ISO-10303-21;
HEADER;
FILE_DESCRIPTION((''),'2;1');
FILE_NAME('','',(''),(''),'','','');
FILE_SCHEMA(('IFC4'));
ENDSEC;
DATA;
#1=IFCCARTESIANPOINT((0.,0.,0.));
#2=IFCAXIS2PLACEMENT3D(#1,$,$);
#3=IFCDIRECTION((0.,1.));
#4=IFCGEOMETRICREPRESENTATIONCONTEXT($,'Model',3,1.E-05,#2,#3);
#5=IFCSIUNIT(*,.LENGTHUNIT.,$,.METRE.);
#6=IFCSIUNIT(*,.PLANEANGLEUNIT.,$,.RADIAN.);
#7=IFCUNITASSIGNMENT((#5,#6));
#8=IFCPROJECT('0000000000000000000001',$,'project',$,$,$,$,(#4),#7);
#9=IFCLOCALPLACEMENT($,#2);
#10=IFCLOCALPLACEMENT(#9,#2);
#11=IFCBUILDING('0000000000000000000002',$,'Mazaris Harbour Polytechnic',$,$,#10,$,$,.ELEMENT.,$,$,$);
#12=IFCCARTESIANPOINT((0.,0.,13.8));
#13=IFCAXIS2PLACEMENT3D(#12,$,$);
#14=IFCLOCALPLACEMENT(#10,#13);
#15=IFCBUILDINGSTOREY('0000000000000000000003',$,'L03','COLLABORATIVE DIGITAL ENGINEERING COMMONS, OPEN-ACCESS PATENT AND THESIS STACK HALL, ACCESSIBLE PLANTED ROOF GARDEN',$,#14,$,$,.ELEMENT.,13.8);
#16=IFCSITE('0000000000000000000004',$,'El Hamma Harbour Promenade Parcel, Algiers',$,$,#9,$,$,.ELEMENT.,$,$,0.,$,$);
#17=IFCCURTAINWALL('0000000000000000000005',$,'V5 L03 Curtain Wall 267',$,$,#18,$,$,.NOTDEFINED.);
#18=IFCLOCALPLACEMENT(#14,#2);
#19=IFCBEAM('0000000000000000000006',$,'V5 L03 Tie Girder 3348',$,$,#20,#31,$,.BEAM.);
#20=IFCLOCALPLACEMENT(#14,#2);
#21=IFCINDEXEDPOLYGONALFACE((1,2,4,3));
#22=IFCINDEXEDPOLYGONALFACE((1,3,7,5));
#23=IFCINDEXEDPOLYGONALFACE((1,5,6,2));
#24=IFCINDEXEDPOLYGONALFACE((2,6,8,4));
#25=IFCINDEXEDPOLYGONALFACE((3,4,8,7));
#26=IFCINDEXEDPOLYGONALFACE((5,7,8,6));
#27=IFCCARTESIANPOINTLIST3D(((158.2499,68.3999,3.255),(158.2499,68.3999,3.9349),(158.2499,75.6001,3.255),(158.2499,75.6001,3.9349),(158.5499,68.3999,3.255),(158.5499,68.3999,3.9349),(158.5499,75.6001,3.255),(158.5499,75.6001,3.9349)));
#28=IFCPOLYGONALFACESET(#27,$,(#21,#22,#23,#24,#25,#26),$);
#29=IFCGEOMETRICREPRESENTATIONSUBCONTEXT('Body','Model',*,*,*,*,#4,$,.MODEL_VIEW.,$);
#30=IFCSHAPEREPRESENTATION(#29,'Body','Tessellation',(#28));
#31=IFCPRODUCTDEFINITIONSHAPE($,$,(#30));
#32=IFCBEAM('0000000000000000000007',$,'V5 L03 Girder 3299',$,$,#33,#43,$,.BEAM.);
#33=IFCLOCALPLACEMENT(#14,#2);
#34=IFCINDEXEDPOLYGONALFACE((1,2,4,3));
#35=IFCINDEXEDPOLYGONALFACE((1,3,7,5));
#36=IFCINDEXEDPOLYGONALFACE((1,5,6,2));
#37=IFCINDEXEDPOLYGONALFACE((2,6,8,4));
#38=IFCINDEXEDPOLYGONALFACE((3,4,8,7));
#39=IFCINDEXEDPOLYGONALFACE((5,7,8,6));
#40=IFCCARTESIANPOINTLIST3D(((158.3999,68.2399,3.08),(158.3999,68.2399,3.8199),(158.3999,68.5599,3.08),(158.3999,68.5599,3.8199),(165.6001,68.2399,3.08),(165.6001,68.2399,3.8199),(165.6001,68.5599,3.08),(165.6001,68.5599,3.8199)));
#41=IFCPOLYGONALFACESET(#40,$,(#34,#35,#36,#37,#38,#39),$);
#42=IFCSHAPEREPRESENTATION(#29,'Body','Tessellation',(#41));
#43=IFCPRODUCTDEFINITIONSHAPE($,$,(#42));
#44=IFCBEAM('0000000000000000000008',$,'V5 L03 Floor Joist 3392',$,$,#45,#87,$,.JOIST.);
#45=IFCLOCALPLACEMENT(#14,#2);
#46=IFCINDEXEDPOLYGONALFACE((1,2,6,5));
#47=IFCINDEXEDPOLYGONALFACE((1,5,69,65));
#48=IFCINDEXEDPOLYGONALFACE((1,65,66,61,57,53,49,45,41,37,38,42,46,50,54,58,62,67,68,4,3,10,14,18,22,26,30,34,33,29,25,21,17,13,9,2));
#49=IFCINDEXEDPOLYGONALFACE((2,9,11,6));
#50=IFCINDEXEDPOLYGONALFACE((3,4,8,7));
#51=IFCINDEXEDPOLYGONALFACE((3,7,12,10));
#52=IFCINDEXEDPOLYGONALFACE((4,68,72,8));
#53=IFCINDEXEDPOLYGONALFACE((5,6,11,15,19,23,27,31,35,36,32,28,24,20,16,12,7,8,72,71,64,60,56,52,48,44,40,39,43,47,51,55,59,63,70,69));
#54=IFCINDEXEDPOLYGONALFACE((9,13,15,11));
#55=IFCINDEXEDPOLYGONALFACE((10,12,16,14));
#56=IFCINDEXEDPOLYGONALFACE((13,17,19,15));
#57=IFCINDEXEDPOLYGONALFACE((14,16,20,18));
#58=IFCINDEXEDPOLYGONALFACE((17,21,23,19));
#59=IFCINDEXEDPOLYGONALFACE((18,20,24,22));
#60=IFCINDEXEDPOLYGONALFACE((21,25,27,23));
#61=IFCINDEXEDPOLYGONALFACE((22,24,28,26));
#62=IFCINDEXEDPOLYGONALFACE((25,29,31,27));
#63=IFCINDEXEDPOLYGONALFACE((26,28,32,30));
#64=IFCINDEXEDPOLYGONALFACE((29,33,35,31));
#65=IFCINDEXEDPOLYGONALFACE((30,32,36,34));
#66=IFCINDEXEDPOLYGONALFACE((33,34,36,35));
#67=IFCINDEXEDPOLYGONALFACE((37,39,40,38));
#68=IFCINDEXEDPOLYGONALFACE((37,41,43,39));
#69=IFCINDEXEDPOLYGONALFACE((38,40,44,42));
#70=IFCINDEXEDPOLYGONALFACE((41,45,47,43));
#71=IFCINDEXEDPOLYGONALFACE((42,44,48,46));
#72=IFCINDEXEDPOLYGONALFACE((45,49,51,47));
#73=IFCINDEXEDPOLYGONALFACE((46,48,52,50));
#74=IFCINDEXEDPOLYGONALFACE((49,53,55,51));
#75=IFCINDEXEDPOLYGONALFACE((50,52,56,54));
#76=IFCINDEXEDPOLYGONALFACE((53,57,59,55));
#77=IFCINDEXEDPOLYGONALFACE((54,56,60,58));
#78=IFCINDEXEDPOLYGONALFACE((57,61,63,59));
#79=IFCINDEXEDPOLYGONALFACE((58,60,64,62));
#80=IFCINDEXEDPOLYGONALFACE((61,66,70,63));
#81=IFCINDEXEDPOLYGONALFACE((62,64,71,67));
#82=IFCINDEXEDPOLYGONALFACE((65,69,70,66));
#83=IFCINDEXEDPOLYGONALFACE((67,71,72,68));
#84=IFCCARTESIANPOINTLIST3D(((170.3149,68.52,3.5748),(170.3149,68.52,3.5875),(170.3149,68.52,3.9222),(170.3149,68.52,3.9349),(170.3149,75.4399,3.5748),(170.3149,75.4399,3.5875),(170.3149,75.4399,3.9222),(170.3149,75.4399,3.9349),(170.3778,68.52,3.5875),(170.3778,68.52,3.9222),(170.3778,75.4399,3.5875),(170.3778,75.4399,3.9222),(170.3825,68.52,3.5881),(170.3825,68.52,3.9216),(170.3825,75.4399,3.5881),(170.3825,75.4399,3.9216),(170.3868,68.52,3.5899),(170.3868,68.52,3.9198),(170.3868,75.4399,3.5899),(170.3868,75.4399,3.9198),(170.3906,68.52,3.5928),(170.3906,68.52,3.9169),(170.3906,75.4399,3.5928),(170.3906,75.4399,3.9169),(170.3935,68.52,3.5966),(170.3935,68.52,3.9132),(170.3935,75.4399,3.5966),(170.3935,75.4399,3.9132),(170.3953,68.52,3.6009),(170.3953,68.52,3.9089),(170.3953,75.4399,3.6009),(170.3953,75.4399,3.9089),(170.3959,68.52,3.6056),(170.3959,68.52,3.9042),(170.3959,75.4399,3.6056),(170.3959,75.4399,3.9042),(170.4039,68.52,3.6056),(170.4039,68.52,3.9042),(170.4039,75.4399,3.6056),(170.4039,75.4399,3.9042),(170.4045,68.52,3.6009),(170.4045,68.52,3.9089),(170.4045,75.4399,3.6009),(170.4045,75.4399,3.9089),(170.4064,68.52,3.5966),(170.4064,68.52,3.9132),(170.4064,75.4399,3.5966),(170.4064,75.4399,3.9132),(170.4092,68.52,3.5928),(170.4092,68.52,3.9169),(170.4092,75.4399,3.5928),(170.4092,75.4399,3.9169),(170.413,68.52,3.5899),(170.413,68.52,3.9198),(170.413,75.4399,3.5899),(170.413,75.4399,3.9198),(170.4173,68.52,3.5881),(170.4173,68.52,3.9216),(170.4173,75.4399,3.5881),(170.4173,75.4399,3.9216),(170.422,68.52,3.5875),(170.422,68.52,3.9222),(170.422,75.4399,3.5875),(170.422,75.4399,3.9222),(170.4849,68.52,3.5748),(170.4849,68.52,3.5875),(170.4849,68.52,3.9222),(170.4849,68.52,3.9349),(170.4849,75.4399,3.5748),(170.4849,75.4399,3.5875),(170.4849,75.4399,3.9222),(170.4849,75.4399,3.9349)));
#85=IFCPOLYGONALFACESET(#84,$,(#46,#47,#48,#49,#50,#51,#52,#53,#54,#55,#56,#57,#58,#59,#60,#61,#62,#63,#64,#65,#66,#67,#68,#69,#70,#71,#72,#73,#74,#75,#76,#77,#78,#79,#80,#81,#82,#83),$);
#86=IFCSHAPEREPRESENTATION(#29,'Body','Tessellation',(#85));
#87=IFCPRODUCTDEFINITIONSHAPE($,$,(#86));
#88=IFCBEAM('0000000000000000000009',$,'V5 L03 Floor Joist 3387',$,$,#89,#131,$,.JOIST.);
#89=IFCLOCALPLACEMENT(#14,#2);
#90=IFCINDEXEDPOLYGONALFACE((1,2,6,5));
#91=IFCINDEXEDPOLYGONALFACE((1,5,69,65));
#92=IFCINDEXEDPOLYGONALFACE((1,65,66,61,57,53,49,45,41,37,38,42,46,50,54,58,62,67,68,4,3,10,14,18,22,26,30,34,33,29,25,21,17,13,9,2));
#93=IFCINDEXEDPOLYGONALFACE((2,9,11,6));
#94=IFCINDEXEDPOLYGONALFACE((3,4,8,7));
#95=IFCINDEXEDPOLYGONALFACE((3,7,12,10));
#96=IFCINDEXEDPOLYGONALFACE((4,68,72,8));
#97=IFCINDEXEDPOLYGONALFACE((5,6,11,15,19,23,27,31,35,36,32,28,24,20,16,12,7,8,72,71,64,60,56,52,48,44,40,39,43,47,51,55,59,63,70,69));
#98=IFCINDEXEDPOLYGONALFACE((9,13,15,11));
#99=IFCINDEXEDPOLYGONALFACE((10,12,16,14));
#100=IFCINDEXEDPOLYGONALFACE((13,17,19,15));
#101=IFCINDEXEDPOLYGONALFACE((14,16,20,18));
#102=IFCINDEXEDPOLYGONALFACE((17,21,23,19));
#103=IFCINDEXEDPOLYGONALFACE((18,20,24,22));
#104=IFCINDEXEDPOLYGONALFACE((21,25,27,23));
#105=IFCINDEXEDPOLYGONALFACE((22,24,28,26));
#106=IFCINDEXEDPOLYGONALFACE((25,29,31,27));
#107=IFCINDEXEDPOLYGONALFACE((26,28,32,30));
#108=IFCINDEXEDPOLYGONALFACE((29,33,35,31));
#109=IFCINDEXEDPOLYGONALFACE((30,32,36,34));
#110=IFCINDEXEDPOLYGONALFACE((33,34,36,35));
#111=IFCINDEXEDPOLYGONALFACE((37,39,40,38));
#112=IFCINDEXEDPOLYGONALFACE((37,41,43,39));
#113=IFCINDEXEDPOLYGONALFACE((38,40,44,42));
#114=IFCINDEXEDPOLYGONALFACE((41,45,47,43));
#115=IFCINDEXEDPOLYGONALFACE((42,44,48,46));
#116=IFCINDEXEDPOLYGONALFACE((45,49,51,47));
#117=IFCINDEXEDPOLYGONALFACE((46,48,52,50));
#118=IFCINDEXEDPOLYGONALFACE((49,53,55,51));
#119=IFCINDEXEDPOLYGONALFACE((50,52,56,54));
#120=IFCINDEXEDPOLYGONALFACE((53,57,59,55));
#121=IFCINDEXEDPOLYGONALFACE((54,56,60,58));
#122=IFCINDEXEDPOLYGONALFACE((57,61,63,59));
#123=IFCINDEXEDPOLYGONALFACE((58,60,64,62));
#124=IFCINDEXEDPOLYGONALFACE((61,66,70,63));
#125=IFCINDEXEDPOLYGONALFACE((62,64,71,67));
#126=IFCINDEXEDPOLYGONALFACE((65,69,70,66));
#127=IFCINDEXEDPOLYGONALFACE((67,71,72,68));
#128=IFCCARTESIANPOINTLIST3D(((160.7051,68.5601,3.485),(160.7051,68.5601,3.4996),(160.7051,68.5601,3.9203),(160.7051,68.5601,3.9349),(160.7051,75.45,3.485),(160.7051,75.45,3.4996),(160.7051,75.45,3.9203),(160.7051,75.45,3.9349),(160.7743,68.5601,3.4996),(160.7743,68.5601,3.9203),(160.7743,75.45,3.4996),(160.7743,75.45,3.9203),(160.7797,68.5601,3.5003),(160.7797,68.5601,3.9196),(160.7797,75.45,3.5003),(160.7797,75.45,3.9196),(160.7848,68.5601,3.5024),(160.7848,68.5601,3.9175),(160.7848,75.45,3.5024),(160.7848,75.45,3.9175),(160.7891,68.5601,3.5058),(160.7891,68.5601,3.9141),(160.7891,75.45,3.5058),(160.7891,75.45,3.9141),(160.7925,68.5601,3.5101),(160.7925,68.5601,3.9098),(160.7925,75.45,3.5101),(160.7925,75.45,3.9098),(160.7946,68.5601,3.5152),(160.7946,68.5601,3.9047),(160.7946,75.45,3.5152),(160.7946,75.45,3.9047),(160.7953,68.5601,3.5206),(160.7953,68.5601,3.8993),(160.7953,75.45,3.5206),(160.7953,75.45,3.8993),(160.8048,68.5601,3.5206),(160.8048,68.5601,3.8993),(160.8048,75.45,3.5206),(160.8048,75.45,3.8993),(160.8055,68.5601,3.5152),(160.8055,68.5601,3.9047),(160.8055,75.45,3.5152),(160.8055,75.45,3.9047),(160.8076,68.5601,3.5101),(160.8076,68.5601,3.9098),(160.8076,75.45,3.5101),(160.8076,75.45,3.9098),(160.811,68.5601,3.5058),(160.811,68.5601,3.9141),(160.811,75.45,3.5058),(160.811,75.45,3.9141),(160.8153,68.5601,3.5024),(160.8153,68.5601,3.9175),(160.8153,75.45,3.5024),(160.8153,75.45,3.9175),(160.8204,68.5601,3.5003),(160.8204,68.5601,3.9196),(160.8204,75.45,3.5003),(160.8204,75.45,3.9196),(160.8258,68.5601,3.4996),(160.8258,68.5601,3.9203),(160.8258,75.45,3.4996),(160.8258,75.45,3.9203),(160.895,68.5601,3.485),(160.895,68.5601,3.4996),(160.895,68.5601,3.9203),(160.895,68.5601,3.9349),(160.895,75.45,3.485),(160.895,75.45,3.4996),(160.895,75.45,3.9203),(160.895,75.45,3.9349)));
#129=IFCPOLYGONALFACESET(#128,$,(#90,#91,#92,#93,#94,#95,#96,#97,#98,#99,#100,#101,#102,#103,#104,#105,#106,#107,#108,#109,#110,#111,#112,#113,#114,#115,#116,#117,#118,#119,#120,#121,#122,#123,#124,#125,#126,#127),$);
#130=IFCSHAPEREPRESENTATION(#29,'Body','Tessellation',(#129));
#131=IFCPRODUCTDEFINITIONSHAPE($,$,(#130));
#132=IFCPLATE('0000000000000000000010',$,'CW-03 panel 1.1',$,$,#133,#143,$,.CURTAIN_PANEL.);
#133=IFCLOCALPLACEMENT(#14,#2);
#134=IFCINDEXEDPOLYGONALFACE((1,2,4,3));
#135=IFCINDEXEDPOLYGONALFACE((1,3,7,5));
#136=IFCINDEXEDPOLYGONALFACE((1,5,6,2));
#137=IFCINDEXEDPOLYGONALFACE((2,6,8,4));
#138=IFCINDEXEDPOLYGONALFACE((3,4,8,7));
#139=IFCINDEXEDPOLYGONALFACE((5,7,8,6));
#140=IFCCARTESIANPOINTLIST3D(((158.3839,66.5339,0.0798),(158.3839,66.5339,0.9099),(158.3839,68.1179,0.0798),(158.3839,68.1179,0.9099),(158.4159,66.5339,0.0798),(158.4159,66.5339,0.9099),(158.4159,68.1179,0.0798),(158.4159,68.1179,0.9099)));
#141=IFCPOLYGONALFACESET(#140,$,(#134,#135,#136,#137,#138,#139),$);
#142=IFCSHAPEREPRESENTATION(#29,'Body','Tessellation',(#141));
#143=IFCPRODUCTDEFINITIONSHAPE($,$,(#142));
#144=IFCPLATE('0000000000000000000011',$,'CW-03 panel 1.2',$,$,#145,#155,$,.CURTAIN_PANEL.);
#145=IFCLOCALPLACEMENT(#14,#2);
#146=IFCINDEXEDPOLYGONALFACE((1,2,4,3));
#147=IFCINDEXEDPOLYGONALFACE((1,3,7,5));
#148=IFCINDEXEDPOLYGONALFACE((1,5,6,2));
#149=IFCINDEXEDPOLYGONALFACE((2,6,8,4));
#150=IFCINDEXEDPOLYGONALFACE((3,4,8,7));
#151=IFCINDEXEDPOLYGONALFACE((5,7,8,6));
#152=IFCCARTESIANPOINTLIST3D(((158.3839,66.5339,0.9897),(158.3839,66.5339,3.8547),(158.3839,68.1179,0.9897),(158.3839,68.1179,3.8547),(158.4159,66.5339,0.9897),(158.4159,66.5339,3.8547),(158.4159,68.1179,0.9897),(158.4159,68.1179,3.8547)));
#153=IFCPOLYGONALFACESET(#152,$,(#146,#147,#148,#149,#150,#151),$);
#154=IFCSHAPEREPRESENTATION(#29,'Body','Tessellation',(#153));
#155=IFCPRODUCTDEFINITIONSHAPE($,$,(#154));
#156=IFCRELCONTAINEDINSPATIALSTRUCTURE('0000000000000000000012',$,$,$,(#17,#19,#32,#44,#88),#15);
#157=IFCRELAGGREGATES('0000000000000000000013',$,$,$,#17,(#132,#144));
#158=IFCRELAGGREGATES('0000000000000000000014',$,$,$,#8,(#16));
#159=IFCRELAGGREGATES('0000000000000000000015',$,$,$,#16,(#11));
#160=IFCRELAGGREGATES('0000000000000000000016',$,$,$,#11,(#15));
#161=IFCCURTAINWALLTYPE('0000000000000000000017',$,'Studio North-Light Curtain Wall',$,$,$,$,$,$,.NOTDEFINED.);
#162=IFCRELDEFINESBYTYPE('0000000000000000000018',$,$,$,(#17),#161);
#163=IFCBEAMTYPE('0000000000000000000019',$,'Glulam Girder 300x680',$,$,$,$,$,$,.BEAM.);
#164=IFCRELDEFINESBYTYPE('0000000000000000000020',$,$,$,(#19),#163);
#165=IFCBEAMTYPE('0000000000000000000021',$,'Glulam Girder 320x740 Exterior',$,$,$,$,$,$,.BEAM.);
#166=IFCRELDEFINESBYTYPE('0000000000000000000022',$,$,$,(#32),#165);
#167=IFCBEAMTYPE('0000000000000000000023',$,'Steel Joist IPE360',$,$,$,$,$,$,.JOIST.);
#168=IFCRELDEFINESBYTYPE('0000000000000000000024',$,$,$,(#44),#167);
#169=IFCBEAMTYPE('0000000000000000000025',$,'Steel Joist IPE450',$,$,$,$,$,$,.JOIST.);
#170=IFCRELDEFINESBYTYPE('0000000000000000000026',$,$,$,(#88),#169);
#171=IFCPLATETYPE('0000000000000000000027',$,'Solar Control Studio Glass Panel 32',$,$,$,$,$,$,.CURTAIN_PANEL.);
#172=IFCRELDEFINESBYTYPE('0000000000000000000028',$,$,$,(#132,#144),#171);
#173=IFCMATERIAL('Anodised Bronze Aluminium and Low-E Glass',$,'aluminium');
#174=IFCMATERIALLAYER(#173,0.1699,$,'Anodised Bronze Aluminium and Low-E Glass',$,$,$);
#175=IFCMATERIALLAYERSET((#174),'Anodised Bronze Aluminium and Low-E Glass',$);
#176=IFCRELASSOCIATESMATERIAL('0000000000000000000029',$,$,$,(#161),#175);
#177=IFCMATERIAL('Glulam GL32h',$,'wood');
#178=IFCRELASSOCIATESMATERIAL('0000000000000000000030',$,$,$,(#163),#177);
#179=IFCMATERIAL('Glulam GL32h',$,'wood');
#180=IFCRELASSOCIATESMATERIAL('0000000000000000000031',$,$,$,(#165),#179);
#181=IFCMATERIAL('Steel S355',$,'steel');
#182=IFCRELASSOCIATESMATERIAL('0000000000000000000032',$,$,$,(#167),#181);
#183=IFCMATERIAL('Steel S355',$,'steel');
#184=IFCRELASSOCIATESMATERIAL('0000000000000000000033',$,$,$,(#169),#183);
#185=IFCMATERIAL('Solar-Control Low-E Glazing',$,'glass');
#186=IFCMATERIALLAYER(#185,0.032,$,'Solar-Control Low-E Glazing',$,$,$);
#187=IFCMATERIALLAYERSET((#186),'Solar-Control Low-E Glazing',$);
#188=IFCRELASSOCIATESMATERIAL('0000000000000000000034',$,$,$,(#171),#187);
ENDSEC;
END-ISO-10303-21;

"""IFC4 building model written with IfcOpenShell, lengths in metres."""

from ifc_helpers import new_model, si_unit, direction, frame, origin, origin_2d, place, context, subcontext, project, spatial, rectangle, i_section, extrude, material, layer, layer_set, material_profile, profile_set, type_object, element, aggregate, save


model = new_model("IFC4")

# Units and contexts
model_context = context("Model", 3, precision=1e-05, world=origin(), true_north=direction((0.0, 1.0)))
body_context = subcontext(model_context, "Body", "Model", "MODEL_VIEW")
ifc_project = project(units=[si_unit("LENGTHUNIT", "METRE"), si_unit("PLANEANGLEUNIT", "RADIAN")], contexts=[model_context])

# Site, building, storey
site_placement = place(None, origin())
site = spatial("IfcSite", under=ifc_project, at=site_placement, Name="El Hamma Harbour Promenade Parcel, Algiers", CompositionType="ELEMENT", RefElevation=0.0)
building_placement = place(site_placement, origin())
building = spatial("IfcBuilding", under=site, at=building_placement, Name="Mazaris Harbour Polytechnic", CompositionType="ELEMENT")
storey_placement = place(building_placement, frame((0.0, 0.0, 13.8)))
storey = spatial("IfcBuildingStorey", under=building, at=storey_placement, Name="L03", Description="COLLABORATIVE DIGITAL ENGINEERING COMMONS, OPEN-ACCESS PATENT AND THESIS STACK HALL, ACCESSIBLE PLANTED ROOF GARDEN", CompositionType="ELEMENT", Elevation=13.8)

# Curtain wall
ifc_material_1 = material(Name="Anodised Bronze Aluminium and Low-E Glass", Category="aluminium")
ifc_layer_1 = layer(ifc_material_1, 0.1699, Name="Anodised Bronze Aluminium and Low-E Glass")
ifc_layer_set_1 = layer_set([ifc_layer_1], Name="Anodised Bronze Aluminium and Low-E Glass")
curtain_wall_type = type_object("IfcCurtainWallType", Name="Studio North-Light Curtain Wall", PredefinedType="NOTDEFINED", material=ifc_layer_set_1)
curtain_wall_1_placement = place(storey_placement, origin())
curtain_wall_1 = element("IfcCurtainWall", 1, at=curtain_wall_1_placement, inside=storey, type_object=curtain_wall_type, Name="V5 L03 Curtain Wall 267", PredefinedType="NOTDEFINED")

# Beams
ifc_material_2 = material(Name="Glulam GL32h", Category="wood")
ifc_material_profile_1 = material_profile(ifc_material_2, rectangle(XDim=0.3, YDim=0.6799, at=origin_2d()), Name="RECT300x680")
ifc_profile_set_1 = profile_set([ifc_material_profile_1], Name="Glulam GL32h")
beam_type_1 = type_object("IfcBeamType", Name="Glulam Girder 300x680", PredefinedType="BEAM", material=ifc_profile_set_1)
beam_1_placement = place(storey_placement, frame((158.3999, 68.3999, 3.595), z_axis=(0.0, 1.0, 0.0), x_axis=(-1.0, 0.0, 0.0)))
element("IfcBeam", 2, at=beam_1_placement, inside=storey, type_object=beam_type_1, Name="V5 L03 Tie Girder 3348", PredefinedType="BEAM", context=body_context, shape_type="SweptSolid", body=[
    extrude(rectangle(XDim=0.3, YDim=0.6799, at=origin_2d()), origin(), (0.0, 0.0, 1.0), 7.2002),
])
ifc_material_3 = material(Name="Glulam GL32h", Category="wood")
ifc_material_profile_2 = material_profile(ifc_material_3, rectangle(XDim=0.3201, YDim=0.74, at=origin_2d()), Name="RECT320x740")
ifc_profile_set_2 = profile_set([ifc_material_profile_2], Name="Glulam GL32h")
beam_type_2 = type_object("IfcBeamType", Name="Glulam Girder 320x740 Exterior", PredefinedType="BEAM", material=ifc_profile_set_2)
beam_2_placement = place(storey_placement, frame((158.3999, 68.3999, 3.45), z_axis=(1.0, 0.0, 0.0), x_axis=(0.0, 1.0, 0.0)))
element("IfcBeam", 3, at=beam_2_placement, inside=storey, type_object=beam_type_2, Name="V5 L03 Girder 3299", PredefinedType="BEAM", context=body_context, shape_type="SweptSolid", body=[
    extrude(rectangle(XDim=0.3201, YDim=0.74, at=origin_2d()), origin(), (0.0, 0.0, 1.0), 7.2002),
])
ifc_material_4 = material(Name="Steel S355", Category="steel")
ifc_material_profile_3 = material_profile(ifc_material_4, i_section(OverallWidth=0.1699, OverallDepth=0.3601, WebThickness=0.0081, FlangeThickness=0.0127, FilletRadius=0.0181, at=origin_2d()), Name="IPE 360")
ifc_profile_set_3 = profile_set([ifc_material_profile_3], Name="Steel S355")
beam_type_3 = type_object("IfcBeamType", Name="Steel Joist IPE360", PredefinedType="JOIST", material=ifc_profile_set_3)
beam_3_placement = place(storey_placement, frame((170.3999, 68.52, 3.7549), z_axis=(0.0, 1.0, 0.0), x_axis=(-1.0, 0.0, 0.0)))
element("IfcBeam", 4, at=beam_3_placement, inside=storey, type_object=beam_type_3, Name="V5 L03 Floor Joist 3392", PredefinedType="JOIST", context=body_context, shape_type="SweptSolid", body=[
    extrude(i_section(OverallWidth=0.1699, OverallDepth=0.3601, WebThickness=0.0081, FlangeThickness=0.0127, FilletRadius=0.0181, at=origin_2d()), origin(), (0.0, 0.0, 1.0), 6.9199),
])
ifc_material_5 = material(Name="Steel S355", Category="steel")
ifc_material_profile_4 = material_profile(ifc_material_5, i_section(OverallWidth=0.1899, OverallDepth=0.45, WebThickness=0.0095, FlangeThickness=0.0146, FilletRadius=0.021, at=origin_2d()), Name="IPE 450")
ifc_profile_set_4 = profile_set([ifc_material_profile_4], Name="Steel S355")
beam_type_4 = type_object("IfcBeamType", Name="Steel Joist IPE450", PredefinedType="JOIST", material=ifc_profile_set_4)
beam_4_placement = place(storey_placement, frame((160.8, 68.5601, 3.71), z_axis=(0.0, 1.0, 0.0), x_axis=(-1.0, 0.0, 0.0)))
element("IfcBeam", 5, at=beam_4_placement, inside=storey, type_object=beam_type_4, Name="V5 L03 Floor Joist 3387", PredefinedType="JOIST", context=body_context, shape_type="SweptSolid", body=[
    extrude(i_section(OverallWidth=0.1899, OverallDepth=0.45, WebThickness=0.0095, FlangeThickness=0.0146, FilletRadius=0.021, at=origin_2d()), origin(), (0.0, 0.0, 1.0), 6.8899),
])

# Plates
ifc_material_6 = material(Name="Solar-Control Low-E Glazing", Category="glass")
ifc_layer_2 = layer(ifc_material_6, 0.032, Name="Solar-Control Low-E Glazing")
ifc_layer_set_2 = layer_set([ifc_layer_2], Name="Solar-Control Low-E Glazing")
plate_type = type_object("IfcPlateType", Name="Solar Control Studio Glass Panel 32", PredefinedType="CURTAIN_PANEL", material=ifc_layer_set_2)
plate_1_placement = place(storey_placement, frame((158.3999, 67.3259, 0.0798), z_axis=(0.0, 0.0, 1.0), x_axis=(0.0, -1.0, 0.0)))
plate_1 = element("IfcPlate", 6, at=plate_1_placement, type_object=plate_type, Name="CW-03 panel 1.1", PredefinedType="CURTAIN_PANEL", context=body_context, shape_type="SweptSolid", body=[
    extrude(rectangle(XDim=1.584, YDim=0.032, at=origin_2d()), origin(), (0.0, 0.0, 1.0), 0.8301),
])
plate_2_placement = place(storey_placement, frame((158.3999, 67.3259, 0.9897), z_axis=(0.0, 0.0, 1.0), x_axis=(0.0, -1.0, 0.0)))
plate_2 = element("IfcPlate", 7, at=plate_2_placement, type_object=plate_type, Name="CW-03 panel 1.2", PredefinedType="CURTAIN_PANEL", context=body_context, shape_type="SweptSolid", body=[
    extrude(rectangle(XDim=1.584, YDim=0.032, at=origin_2d()), origin(), (0.0, 0.0, 1.0), 2.865),
])
aggregate(curtain_wall_1, [plate_1, plate_2])

save(model, "model.ifc")
